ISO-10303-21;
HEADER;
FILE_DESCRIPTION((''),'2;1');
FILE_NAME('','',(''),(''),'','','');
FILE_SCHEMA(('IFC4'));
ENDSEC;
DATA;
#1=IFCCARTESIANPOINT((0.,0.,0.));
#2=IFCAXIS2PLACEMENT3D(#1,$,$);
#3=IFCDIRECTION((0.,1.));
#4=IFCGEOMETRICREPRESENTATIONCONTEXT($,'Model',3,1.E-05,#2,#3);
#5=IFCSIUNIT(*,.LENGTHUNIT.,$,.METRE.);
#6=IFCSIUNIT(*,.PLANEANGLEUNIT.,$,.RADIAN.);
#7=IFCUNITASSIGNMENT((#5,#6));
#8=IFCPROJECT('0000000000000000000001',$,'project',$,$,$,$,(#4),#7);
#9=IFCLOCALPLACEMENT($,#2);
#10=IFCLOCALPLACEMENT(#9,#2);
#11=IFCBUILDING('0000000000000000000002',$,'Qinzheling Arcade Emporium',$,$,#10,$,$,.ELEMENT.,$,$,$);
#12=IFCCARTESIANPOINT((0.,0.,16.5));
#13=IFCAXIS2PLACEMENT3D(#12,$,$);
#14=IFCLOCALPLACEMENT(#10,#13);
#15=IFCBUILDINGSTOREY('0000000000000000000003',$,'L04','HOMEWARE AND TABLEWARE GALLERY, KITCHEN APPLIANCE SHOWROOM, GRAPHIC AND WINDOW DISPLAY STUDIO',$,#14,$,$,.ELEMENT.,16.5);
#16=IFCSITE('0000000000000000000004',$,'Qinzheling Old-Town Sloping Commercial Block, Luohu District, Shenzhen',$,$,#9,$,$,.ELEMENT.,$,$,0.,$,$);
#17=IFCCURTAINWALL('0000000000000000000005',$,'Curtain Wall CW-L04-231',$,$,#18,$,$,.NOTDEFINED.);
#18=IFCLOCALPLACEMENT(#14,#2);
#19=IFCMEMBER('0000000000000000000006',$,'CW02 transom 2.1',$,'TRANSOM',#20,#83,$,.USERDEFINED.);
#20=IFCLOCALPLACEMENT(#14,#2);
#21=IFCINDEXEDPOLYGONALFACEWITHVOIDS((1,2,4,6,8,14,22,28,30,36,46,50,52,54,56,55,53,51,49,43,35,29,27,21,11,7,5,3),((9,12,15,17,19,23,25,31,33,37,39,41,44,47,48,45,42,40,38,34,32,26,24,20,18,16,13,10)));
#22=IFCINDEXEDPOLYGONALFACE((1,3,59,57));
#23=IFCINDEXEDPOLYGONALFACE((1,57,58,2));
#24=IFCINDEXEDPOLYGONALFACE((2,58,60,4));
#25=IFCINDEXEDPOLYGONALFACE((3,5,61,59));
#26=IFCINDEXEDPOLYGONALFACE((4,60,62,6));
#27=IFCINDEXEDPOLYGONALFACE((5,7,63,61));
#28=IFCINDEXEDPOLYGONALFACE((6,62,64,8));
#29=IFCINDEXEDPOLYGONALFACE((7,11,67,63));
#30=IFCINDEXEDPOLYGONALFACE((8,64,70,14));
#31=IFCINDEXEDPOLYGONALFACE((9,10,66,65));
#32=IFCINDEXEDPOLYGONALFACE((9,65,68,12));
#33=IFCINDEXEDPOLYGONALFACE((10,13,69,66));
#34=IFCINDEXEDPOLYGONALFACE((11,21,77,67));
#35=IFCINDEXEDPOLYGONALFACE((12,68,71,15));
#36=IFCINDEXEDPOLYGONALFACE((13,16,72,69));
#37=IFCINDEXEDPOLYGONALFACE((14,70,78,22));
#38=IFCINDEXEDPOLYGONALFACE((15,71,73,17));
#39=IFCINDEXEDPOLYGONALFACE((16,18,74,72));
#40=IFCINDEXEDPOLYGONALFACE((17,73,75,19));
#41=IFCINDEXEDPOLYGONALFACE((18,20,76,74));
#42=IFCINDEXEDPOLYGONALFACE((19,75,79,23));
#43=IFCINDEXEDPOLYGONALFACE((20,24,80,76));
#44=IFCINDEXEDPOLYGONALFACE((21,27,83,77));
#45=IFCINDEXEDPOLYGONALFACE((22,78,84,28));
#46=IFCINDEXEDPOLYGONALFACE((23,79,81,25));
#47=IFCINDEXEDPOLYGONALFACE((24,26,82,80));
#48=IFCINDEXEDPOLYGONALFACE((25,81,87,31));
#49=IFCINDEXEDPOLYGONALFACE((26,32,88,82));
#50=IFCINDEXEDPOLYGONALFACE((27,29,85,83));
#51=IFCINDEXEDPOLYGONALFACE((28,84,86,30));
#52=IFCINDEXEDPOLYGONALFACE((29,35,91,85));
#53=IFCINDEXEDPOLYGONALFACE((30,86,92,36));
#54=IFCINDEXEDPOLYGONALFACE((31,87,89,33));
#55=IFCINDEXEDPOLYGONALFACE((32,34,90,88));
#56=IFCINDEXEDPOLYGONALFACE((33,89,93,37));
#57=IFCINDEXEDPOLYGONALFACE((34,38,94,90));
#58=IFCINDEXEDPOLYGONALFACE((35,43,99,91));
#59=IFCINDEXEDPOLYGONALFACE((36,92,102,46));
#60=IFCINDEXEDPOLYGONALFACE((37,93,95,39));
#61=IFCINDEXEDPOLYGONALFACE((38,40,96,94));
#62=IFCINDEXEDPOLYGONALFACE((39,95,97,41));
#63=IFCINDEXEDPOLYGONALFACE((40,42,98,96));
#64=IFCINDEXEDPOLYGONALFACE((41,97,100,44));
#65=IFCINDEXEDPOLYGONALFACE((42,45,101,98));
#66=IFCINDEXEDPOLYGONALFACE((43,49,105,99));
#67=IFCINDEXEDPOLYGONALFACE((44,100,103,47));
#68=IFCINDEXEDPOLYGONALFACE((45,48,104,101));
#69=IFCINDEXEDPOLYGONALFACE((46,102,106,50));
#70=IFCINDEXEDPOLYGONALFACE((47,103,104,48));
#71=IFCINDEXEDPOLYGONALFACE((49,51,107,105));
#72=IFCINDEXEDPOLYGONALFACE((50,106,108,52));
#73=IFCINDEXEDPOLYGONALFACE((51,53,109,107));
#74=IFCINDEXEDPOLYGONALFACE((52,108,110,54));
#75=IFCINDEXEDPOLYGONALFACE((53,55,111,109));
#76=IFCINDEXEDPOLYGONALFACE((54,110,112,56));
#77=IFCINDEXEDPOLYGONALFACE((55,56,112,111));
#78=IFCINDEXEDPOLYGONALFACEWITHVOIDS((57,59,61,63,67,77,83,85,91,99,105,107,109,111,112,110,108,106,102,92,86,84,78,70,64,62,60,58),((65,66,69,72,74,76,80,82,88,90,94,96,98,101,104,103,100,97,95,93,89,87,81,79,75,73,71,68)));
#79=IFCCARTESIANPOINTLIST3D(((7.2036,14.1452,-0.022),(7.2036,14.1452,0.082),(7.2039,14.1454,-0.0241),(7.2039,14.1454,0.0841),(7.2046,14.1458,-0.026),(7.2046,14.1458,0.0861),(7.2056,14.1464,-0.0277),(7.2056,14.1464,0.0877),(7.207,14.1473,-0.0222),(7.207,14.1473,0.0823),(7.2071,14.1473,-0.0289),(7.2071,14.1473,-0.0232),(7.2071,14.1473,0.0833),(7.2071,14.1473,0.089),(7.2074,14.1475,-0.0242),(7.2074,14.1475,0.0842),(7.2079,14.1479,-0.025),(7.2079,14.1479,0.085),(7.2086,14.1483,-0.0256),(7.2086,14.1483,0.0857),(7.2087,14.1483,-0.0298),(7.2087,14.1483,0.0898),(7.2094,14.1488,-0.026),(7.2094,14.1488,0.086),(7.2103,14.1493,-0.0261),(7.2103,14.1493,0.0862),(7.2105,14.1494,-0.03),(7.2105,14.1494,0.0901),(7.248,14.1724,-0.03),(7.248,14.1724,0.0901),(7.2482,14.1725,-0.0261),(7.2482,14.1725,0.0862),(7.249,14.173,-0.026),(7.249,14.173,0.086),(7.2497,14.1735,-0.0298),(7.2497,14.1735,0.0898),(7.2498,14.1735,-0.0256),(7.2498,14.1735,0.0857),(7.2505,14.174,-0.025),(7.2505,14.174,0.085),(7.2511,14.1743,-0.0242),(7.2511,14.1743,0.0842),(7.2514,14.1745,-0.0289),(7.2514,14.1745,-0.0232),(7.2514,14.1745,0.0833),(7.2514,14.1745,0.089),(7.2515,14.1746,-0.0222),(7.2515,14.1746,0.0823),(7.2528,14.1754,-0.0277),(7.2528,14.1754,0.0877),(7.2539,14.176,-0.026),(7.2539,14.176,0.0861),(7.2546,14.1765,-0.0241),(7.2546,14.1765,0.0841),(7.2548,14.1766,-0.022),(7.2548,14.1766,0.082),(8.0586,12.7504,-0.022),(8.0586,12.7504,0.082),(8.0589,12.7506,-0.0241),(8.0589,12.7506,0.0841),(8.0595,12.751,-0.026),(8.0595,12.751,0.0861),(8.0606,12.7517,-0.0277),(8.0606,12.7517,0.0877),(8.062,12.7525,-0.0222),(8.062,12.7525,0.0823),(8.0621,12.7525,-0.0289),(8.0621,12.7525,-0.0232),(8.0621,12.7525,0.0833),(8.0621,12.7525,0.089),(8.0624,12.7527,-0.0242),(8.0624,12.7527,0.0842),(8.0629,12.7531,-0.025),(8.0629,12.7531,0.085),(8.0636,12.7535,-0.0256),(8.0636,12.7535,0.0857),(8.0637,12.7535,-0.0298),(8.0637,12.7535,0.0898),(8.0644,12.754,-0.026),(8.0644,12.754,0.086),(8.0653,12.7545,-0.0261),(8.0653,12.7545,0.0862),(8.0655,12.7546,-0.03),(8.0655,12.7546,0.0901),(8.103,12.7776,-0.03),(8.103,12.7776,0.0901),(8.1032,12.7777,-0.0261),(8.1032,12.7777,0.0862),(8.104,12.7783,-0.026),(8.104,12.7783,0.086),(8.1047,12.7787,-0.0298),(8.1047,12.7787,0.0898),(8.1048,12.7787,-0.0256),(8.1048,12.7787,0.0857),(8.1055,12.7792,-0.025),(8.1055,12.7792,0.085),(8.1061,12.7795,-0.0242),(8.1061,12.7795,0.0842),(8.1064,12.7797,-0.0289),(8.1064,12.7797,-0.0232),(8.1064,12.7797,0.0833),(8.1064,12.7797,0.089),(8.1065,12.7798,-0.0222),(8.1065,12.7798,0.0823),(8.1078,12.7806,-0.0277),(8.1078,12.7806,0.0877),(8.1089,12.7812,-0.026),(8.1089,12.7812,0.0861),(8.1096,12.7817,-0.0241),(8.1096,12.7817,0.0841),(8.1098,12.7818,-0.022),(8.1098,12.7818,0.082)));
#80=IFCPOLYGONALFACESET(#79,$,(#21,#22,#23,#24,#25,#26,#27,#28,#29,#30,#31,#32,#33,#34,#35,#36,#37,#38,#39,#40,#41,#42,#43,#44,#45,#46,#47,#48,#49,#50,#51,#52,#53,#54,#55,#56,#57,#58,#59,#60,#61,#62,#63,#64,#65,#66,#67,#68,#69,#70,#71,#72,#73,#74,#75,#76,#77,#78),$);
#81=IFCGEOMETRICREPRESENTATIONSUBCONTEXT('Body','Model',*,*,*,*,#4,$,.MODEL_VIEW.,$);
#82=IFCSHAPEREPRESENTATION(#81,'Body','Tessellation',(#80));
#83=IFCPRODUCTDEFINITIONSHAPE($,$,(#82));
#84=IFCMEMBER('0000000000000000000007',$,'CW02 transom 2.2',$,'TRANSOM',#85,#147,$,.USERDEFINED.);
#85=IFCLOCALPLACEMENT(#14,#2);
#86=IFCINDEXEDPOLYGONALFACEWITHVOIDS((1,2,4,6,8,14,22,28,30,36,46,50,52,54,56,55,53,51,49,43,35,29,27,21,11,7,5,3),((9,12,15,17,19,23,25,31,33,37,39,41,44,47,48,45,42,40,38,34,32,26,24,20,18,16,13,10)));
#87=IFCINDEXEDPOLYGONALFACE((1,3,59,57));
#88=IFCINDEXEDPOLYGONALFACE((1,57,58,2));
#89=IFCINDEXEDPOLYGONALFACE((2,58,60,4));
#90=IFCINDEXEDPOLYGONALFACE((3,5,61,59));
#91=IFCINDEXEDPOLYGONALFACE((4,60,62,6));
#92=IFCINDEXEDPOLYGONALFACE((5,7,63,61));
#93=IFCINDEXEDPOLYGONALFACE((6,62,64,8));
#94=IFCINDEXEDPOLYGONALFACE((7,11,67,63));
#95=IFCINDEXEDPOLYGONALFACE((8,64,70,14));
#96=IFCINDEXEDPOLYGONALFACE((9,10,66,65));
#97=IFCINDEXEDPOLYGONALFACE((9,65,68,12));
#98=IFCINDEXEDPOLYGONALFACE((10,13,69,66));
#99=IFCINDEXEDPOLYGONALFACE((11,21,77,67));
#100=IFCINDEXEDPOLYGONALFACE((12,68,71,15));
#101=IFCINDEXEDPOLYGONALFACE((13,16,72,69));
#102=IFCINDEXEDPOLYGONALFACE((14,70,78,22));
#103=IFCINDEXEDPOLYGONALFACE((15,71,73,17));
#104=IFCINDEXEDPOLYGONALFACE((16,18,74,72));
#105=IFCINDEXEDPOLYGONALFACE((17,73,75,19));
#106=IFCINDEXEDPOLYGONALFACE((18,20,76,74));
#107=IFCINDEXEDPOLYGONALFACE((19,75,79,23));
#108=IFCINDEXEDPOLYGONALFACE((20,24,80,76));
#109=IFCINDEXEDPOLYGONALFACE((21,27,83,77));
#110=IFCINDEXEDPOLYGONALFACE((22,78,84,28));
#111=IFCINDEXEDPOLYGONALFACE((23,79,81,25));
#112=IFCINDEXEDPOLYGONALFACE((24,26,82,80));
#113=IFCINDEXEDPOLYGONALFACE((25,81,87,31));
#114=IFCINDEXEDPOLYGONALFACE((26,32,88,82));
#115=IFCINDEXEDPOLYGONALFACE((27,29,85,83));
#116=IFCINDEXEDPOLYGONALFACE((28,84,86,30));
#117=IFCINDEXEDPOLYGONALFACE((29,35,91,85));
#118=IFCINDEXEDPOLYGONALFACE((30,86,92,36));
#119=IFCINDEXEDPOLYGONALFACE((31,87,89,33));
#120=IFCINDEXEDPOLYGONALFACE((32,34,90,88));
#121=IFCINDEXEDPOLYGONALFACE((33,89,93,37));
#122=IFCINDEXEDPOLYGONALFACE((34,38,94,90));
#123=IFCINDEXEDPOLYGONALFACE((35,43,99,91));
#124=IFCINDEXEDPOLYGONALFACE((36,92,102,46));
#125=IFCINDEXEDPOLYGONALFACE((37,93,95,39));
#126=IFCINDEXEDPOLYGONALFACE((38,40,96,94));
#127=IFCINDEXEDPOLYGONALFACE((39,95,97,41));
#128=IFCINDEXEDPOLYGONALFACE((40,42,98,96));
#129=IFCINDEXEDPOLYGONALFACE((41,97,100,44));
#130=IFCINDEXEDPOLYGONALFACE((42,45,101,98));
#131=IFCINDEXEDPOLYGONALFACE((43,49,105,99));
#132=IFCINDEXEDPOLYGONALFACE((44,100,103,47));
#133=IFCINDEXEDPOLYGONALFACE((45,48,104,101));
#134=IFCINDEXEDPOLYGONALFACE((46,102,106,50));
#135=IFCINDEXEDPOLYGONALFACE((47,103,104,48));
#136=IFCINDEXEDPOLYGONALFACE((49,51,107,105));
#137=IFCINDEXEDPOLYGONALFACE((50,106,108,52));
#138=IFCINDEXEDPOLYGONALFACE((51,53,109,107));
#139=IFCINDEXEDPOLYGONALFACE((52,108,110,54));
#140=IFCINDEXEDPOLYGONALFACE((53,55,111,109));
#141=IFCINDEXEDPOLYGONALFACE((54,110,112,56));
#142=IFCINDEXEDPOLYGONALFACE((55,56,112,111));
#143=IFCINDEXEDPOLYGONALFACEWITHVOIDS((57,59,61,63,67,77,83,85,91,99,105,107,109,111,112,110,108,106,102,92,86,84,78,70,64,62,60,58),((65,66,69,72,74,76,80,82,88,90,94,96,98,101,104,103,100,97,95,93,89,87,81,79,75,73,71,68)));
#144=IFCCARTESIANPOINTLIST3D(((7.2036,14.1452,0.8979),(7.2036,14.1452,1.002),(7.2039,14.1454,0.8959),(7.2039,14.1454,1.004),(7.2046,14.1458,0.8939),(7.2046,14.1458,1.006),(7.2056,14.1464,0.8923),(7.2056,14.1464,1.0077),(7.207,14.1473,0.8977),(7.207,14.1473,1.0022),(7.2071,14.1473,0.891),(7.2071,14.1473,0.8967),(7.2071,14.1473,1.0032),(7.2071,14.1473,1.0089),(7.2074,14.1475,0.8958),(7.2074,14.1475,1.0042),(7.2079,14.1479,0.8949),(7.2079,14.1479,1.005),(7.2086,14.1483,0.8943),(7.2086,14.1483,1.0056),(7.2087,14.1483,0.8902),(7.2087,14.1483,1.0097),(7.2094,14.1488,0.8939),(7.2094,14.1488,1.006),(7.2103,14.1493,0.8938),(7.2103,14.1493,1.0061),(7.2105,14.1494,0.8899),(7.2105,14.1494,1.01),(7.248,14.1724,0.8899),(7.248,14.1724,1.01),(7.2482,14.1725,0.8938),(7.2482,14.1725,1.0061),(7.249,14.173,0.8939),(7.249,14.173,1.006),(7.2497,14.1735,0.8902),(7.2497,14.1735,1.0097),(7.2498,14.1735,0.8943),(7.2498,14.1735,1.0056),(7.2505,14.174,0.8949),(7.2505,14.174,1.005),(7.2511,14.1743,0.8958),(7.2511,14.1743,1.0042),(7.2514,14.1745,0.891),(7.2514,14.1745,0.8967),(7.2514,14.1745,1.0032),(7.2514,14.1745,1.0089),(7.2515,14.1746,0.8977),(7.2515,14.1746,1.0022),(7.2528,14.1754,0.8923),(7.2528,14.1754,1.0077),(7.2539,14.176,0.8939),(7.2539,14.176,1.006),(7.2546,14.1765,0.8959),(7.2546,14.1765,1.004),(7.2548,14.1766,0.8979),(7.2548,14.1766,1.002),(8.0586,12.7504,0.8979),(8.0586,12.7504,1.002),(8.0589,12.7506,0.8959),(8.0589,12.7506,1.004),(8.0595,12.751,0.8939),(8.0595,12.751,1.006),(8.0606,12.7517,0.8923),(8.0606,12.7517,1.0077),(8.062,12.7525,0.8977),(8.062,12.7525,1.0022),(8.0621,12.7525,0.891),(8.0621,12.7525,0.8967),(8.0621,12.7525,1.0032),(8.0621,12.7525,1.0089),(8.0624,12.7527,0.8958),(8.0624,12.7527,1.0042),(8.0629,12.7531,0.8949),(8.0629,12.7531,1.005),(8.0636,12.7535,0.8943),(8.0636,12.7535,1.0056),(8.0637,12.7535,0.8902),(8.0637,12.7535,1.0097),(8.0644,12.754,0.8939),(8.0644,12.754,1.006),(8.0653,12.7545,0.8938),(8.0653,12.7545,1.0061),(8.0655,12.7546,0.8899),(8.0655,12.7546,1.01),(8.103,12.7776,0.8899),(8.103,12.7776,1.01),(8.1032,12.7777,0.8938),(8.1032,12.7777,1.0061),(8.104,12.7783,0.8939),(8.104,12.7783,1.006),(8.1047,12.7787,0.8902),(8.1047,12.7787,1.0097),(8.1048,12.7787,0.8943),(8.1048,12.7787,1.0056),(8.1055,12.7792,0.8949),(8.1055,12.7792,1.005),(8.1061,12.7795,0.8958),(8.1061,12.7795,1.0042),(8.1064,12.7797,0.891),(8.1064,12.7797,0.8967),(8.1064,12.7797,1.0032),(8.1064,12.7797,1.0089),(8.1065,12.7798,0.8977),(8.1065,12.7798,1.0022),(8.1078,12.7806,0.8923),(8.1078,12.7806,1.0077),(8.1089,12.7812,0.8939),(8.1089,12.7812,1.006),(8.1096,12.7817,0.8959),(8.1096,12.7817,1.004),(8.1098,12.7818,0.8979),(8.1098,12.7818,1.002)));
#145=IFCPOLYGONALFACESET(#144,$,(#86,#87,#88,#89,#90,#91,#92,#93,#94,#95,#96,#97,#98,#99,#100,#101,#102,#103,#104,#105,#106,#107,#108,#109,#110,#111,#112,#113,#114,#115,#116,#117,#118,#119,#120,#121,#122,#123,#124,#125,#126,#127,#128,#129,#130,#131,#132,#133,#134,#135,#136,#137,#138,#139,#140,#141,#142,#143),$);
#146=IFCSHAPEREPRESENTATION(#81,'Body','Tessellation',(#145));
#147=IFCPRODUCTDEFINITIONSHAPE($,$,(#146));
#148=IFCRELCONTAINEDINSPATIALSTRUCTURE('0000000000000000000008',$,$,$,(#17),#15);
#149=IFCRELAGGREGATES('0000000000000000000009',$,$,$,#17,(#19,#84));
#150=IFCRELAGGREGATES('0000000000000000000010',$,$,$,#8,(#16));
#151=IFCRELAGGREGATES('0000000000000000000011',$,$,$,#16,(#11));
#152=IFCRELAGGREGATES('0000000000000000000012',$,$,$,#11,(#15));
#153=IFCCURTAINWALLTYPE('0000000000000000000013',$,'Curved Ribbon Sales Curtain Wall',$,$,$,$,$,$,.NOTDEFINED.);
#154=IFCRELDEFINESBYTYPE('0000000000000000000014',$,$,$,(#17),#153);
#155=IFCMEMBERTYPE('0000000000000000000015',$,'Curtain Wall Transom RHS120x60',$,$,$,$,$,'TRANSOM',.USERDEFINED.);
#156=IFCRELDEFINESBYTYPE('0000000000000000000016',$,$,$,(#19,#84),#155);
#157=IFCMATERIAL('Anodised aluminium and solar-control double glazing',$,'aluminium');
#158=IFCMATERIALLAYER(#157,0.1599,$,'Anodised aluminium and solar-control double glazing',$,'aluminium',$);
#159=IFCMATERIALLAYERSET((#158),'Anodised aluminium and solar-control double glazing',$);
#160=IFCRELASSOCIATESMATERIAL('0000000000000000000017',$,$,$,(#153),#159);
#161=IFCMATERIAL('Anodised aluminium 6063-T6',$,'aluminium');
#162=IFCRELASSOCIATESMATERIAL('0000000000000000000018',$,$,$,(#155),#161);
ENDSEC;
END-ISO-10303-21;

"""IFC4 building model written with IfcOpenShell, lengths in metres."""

from ifc_helpers import new_model, si_unit, direction, frame, origin, origin_2d, place, context, subcontext, project, spatial, hollow_rectangle, extrude, material, layer, layer_set, material_profile, profile_set, type_object, element, aggregate, save


model = new_model("IFC4")

# Units and contexts
model_context = context("Model", 3, precision=1e-05, world=origin(), true_north=direction((0.0, 1.0)))
body_context = subcontext(model_context, "Body", "Model", "MODEL_VIEW")
ifc_project = project(units=[si_unit("LENGTHUNIT", "METRE"), si_unit("PLANEANGLEUNIT", "RADIAN")], contexts=[model_context])

# Site, building, storey
site_placement = place(None, origin())
site = spatial("IfcSite", under=ifc_project, at=site_placement, Name="Qinzheling Old-Town Sloping Commercial Block, Luohu District, Shenzhen", CompositionType="ELEMENT", RefElevation=0.0)
building_placement = place(site_placement, origin())
building = spatial("IfcBuilding", under=site, at=building_placement, Name="Qinzheling Arcade Emporium", CompositionType="ELEMENT")
storey_placement = place(building_placement, frame((0.0, 0.0, 16.5)))
storey = spatial("IfcBuildingStorey", under=building, at=storey_placement, Name="L04", Description="HOMEWARE AND TABLEWARE GALLERY, KITCHEN APPLIANCE SHOWROOM, GRAPHIC AND WINDOW DISPLAY STUDIO", CompositionType="ELEMENT", Elevation=16.5)

# Curtain wall
ifc_material_1 = material(Name="Anodised aluminium and solar-control double glazing", Category="aluminium")
ifc_layer_1 = layer(ifc_material_1, 0.1599, Name="Anodised aluminium and solar-control double glazing", Category="aluminium")
ifc_layer_set_1 = layer_set([ifc_layer_1], Name="Anodised aluminium and solar-control double glazing")
curtain_wall_type = type_object("IfcCurtainWallType", Name="Curved Ribbon Sales Curtain Wall", PredefinedType="NOTDEFINED", material=ifc_layer_set_1)
curtain_wall_1_placement = place(storey_placement, origin())
curtain_wall_1 = element("IfcCurtainWall", 1, at=curtain_wall_1_placement, inside=storey, type_object=curtain_wall_type, Name="Curtain Wall CW-L04-231", PredefinedType="NOTDEFINED")
ifc_material_2 = material(Name="Anodised aluminium 6063-T6", Category="aluminium")

# Members
ifc_material_profile_1 = material_profile(ifc_material_2, hollow_rectangle(XDim=0.0601, YDim=0.1201, WallThickness=0.0039, InnerFilletRadius=0.0039, OuterFilletRadius=0.0081, at=origin_2d()), Name="RHS 120x60x4", Category="aluminium")
ifc_profile_set_1 = profile_set([ifc_material_profile_1], Name="Anodised aluminium 6063-T6")
member_type_1 = type_object("IfcMemberType", Name="Curtain Wall Transom RHS120x60", ElementType="TRANSOM", PredefinedType="USERDEFINED", material=ifc_profile_set_1)
member_1_placement = place(storey_placement, frame((8.0842, 12.7661, 0.03), z_axis=(-0.522615, 0.852569, 0.0), x_axis=(-0.852569, -0.522615, 0.0)))
member_1 = element("IfcMember", 2, at=member_1_placement, type_object=member_type_1, Name="CW02 transom 2.1", ObjectType="TRANSOM", PredefinedType="USERDEFINED", context=body_context, shape_type="SweptSolid", body=[
    extrude(hollow_rectangle(XDim=0.0601, YDim=0.1201, WallThickness=0.0039, InnerFilletRadius=0.0039, OuterFilletRadius=0.0081, at=origin_2d()), origin(), (0.0, 0.0, 1.0), 1.636),
])
member_2_placement = place(storey_placement, frame((8.0842, 12.7661, 0.95), z_axis=(-0.522615, 0.852569, 0.0), x_axis=(-0.852569, -0.522615, 0.0)))
member_2 = element("IfcMember", 3, at=member_2_placement, type_object=member_type_1, Name="CW02 transom 2.2", ObjectType="TRANSOM", PredefinedType="USERDEFINED", context=body_context, shape_type="SweptSolid", body=[
    extrude(hollow_rectangle(XDim=0.0601, YDim=0.1201, WallThickness=0.0039, InnerFilletRadius=0.0039, OuterFilletRadius=0.0081, at=origin_2d()), origin(), (0.0, 0.0, 1.0), 1.636),
])

aggregate(curtain_wall_1, [member_1, member_2])

save(model, "model.ifc")
